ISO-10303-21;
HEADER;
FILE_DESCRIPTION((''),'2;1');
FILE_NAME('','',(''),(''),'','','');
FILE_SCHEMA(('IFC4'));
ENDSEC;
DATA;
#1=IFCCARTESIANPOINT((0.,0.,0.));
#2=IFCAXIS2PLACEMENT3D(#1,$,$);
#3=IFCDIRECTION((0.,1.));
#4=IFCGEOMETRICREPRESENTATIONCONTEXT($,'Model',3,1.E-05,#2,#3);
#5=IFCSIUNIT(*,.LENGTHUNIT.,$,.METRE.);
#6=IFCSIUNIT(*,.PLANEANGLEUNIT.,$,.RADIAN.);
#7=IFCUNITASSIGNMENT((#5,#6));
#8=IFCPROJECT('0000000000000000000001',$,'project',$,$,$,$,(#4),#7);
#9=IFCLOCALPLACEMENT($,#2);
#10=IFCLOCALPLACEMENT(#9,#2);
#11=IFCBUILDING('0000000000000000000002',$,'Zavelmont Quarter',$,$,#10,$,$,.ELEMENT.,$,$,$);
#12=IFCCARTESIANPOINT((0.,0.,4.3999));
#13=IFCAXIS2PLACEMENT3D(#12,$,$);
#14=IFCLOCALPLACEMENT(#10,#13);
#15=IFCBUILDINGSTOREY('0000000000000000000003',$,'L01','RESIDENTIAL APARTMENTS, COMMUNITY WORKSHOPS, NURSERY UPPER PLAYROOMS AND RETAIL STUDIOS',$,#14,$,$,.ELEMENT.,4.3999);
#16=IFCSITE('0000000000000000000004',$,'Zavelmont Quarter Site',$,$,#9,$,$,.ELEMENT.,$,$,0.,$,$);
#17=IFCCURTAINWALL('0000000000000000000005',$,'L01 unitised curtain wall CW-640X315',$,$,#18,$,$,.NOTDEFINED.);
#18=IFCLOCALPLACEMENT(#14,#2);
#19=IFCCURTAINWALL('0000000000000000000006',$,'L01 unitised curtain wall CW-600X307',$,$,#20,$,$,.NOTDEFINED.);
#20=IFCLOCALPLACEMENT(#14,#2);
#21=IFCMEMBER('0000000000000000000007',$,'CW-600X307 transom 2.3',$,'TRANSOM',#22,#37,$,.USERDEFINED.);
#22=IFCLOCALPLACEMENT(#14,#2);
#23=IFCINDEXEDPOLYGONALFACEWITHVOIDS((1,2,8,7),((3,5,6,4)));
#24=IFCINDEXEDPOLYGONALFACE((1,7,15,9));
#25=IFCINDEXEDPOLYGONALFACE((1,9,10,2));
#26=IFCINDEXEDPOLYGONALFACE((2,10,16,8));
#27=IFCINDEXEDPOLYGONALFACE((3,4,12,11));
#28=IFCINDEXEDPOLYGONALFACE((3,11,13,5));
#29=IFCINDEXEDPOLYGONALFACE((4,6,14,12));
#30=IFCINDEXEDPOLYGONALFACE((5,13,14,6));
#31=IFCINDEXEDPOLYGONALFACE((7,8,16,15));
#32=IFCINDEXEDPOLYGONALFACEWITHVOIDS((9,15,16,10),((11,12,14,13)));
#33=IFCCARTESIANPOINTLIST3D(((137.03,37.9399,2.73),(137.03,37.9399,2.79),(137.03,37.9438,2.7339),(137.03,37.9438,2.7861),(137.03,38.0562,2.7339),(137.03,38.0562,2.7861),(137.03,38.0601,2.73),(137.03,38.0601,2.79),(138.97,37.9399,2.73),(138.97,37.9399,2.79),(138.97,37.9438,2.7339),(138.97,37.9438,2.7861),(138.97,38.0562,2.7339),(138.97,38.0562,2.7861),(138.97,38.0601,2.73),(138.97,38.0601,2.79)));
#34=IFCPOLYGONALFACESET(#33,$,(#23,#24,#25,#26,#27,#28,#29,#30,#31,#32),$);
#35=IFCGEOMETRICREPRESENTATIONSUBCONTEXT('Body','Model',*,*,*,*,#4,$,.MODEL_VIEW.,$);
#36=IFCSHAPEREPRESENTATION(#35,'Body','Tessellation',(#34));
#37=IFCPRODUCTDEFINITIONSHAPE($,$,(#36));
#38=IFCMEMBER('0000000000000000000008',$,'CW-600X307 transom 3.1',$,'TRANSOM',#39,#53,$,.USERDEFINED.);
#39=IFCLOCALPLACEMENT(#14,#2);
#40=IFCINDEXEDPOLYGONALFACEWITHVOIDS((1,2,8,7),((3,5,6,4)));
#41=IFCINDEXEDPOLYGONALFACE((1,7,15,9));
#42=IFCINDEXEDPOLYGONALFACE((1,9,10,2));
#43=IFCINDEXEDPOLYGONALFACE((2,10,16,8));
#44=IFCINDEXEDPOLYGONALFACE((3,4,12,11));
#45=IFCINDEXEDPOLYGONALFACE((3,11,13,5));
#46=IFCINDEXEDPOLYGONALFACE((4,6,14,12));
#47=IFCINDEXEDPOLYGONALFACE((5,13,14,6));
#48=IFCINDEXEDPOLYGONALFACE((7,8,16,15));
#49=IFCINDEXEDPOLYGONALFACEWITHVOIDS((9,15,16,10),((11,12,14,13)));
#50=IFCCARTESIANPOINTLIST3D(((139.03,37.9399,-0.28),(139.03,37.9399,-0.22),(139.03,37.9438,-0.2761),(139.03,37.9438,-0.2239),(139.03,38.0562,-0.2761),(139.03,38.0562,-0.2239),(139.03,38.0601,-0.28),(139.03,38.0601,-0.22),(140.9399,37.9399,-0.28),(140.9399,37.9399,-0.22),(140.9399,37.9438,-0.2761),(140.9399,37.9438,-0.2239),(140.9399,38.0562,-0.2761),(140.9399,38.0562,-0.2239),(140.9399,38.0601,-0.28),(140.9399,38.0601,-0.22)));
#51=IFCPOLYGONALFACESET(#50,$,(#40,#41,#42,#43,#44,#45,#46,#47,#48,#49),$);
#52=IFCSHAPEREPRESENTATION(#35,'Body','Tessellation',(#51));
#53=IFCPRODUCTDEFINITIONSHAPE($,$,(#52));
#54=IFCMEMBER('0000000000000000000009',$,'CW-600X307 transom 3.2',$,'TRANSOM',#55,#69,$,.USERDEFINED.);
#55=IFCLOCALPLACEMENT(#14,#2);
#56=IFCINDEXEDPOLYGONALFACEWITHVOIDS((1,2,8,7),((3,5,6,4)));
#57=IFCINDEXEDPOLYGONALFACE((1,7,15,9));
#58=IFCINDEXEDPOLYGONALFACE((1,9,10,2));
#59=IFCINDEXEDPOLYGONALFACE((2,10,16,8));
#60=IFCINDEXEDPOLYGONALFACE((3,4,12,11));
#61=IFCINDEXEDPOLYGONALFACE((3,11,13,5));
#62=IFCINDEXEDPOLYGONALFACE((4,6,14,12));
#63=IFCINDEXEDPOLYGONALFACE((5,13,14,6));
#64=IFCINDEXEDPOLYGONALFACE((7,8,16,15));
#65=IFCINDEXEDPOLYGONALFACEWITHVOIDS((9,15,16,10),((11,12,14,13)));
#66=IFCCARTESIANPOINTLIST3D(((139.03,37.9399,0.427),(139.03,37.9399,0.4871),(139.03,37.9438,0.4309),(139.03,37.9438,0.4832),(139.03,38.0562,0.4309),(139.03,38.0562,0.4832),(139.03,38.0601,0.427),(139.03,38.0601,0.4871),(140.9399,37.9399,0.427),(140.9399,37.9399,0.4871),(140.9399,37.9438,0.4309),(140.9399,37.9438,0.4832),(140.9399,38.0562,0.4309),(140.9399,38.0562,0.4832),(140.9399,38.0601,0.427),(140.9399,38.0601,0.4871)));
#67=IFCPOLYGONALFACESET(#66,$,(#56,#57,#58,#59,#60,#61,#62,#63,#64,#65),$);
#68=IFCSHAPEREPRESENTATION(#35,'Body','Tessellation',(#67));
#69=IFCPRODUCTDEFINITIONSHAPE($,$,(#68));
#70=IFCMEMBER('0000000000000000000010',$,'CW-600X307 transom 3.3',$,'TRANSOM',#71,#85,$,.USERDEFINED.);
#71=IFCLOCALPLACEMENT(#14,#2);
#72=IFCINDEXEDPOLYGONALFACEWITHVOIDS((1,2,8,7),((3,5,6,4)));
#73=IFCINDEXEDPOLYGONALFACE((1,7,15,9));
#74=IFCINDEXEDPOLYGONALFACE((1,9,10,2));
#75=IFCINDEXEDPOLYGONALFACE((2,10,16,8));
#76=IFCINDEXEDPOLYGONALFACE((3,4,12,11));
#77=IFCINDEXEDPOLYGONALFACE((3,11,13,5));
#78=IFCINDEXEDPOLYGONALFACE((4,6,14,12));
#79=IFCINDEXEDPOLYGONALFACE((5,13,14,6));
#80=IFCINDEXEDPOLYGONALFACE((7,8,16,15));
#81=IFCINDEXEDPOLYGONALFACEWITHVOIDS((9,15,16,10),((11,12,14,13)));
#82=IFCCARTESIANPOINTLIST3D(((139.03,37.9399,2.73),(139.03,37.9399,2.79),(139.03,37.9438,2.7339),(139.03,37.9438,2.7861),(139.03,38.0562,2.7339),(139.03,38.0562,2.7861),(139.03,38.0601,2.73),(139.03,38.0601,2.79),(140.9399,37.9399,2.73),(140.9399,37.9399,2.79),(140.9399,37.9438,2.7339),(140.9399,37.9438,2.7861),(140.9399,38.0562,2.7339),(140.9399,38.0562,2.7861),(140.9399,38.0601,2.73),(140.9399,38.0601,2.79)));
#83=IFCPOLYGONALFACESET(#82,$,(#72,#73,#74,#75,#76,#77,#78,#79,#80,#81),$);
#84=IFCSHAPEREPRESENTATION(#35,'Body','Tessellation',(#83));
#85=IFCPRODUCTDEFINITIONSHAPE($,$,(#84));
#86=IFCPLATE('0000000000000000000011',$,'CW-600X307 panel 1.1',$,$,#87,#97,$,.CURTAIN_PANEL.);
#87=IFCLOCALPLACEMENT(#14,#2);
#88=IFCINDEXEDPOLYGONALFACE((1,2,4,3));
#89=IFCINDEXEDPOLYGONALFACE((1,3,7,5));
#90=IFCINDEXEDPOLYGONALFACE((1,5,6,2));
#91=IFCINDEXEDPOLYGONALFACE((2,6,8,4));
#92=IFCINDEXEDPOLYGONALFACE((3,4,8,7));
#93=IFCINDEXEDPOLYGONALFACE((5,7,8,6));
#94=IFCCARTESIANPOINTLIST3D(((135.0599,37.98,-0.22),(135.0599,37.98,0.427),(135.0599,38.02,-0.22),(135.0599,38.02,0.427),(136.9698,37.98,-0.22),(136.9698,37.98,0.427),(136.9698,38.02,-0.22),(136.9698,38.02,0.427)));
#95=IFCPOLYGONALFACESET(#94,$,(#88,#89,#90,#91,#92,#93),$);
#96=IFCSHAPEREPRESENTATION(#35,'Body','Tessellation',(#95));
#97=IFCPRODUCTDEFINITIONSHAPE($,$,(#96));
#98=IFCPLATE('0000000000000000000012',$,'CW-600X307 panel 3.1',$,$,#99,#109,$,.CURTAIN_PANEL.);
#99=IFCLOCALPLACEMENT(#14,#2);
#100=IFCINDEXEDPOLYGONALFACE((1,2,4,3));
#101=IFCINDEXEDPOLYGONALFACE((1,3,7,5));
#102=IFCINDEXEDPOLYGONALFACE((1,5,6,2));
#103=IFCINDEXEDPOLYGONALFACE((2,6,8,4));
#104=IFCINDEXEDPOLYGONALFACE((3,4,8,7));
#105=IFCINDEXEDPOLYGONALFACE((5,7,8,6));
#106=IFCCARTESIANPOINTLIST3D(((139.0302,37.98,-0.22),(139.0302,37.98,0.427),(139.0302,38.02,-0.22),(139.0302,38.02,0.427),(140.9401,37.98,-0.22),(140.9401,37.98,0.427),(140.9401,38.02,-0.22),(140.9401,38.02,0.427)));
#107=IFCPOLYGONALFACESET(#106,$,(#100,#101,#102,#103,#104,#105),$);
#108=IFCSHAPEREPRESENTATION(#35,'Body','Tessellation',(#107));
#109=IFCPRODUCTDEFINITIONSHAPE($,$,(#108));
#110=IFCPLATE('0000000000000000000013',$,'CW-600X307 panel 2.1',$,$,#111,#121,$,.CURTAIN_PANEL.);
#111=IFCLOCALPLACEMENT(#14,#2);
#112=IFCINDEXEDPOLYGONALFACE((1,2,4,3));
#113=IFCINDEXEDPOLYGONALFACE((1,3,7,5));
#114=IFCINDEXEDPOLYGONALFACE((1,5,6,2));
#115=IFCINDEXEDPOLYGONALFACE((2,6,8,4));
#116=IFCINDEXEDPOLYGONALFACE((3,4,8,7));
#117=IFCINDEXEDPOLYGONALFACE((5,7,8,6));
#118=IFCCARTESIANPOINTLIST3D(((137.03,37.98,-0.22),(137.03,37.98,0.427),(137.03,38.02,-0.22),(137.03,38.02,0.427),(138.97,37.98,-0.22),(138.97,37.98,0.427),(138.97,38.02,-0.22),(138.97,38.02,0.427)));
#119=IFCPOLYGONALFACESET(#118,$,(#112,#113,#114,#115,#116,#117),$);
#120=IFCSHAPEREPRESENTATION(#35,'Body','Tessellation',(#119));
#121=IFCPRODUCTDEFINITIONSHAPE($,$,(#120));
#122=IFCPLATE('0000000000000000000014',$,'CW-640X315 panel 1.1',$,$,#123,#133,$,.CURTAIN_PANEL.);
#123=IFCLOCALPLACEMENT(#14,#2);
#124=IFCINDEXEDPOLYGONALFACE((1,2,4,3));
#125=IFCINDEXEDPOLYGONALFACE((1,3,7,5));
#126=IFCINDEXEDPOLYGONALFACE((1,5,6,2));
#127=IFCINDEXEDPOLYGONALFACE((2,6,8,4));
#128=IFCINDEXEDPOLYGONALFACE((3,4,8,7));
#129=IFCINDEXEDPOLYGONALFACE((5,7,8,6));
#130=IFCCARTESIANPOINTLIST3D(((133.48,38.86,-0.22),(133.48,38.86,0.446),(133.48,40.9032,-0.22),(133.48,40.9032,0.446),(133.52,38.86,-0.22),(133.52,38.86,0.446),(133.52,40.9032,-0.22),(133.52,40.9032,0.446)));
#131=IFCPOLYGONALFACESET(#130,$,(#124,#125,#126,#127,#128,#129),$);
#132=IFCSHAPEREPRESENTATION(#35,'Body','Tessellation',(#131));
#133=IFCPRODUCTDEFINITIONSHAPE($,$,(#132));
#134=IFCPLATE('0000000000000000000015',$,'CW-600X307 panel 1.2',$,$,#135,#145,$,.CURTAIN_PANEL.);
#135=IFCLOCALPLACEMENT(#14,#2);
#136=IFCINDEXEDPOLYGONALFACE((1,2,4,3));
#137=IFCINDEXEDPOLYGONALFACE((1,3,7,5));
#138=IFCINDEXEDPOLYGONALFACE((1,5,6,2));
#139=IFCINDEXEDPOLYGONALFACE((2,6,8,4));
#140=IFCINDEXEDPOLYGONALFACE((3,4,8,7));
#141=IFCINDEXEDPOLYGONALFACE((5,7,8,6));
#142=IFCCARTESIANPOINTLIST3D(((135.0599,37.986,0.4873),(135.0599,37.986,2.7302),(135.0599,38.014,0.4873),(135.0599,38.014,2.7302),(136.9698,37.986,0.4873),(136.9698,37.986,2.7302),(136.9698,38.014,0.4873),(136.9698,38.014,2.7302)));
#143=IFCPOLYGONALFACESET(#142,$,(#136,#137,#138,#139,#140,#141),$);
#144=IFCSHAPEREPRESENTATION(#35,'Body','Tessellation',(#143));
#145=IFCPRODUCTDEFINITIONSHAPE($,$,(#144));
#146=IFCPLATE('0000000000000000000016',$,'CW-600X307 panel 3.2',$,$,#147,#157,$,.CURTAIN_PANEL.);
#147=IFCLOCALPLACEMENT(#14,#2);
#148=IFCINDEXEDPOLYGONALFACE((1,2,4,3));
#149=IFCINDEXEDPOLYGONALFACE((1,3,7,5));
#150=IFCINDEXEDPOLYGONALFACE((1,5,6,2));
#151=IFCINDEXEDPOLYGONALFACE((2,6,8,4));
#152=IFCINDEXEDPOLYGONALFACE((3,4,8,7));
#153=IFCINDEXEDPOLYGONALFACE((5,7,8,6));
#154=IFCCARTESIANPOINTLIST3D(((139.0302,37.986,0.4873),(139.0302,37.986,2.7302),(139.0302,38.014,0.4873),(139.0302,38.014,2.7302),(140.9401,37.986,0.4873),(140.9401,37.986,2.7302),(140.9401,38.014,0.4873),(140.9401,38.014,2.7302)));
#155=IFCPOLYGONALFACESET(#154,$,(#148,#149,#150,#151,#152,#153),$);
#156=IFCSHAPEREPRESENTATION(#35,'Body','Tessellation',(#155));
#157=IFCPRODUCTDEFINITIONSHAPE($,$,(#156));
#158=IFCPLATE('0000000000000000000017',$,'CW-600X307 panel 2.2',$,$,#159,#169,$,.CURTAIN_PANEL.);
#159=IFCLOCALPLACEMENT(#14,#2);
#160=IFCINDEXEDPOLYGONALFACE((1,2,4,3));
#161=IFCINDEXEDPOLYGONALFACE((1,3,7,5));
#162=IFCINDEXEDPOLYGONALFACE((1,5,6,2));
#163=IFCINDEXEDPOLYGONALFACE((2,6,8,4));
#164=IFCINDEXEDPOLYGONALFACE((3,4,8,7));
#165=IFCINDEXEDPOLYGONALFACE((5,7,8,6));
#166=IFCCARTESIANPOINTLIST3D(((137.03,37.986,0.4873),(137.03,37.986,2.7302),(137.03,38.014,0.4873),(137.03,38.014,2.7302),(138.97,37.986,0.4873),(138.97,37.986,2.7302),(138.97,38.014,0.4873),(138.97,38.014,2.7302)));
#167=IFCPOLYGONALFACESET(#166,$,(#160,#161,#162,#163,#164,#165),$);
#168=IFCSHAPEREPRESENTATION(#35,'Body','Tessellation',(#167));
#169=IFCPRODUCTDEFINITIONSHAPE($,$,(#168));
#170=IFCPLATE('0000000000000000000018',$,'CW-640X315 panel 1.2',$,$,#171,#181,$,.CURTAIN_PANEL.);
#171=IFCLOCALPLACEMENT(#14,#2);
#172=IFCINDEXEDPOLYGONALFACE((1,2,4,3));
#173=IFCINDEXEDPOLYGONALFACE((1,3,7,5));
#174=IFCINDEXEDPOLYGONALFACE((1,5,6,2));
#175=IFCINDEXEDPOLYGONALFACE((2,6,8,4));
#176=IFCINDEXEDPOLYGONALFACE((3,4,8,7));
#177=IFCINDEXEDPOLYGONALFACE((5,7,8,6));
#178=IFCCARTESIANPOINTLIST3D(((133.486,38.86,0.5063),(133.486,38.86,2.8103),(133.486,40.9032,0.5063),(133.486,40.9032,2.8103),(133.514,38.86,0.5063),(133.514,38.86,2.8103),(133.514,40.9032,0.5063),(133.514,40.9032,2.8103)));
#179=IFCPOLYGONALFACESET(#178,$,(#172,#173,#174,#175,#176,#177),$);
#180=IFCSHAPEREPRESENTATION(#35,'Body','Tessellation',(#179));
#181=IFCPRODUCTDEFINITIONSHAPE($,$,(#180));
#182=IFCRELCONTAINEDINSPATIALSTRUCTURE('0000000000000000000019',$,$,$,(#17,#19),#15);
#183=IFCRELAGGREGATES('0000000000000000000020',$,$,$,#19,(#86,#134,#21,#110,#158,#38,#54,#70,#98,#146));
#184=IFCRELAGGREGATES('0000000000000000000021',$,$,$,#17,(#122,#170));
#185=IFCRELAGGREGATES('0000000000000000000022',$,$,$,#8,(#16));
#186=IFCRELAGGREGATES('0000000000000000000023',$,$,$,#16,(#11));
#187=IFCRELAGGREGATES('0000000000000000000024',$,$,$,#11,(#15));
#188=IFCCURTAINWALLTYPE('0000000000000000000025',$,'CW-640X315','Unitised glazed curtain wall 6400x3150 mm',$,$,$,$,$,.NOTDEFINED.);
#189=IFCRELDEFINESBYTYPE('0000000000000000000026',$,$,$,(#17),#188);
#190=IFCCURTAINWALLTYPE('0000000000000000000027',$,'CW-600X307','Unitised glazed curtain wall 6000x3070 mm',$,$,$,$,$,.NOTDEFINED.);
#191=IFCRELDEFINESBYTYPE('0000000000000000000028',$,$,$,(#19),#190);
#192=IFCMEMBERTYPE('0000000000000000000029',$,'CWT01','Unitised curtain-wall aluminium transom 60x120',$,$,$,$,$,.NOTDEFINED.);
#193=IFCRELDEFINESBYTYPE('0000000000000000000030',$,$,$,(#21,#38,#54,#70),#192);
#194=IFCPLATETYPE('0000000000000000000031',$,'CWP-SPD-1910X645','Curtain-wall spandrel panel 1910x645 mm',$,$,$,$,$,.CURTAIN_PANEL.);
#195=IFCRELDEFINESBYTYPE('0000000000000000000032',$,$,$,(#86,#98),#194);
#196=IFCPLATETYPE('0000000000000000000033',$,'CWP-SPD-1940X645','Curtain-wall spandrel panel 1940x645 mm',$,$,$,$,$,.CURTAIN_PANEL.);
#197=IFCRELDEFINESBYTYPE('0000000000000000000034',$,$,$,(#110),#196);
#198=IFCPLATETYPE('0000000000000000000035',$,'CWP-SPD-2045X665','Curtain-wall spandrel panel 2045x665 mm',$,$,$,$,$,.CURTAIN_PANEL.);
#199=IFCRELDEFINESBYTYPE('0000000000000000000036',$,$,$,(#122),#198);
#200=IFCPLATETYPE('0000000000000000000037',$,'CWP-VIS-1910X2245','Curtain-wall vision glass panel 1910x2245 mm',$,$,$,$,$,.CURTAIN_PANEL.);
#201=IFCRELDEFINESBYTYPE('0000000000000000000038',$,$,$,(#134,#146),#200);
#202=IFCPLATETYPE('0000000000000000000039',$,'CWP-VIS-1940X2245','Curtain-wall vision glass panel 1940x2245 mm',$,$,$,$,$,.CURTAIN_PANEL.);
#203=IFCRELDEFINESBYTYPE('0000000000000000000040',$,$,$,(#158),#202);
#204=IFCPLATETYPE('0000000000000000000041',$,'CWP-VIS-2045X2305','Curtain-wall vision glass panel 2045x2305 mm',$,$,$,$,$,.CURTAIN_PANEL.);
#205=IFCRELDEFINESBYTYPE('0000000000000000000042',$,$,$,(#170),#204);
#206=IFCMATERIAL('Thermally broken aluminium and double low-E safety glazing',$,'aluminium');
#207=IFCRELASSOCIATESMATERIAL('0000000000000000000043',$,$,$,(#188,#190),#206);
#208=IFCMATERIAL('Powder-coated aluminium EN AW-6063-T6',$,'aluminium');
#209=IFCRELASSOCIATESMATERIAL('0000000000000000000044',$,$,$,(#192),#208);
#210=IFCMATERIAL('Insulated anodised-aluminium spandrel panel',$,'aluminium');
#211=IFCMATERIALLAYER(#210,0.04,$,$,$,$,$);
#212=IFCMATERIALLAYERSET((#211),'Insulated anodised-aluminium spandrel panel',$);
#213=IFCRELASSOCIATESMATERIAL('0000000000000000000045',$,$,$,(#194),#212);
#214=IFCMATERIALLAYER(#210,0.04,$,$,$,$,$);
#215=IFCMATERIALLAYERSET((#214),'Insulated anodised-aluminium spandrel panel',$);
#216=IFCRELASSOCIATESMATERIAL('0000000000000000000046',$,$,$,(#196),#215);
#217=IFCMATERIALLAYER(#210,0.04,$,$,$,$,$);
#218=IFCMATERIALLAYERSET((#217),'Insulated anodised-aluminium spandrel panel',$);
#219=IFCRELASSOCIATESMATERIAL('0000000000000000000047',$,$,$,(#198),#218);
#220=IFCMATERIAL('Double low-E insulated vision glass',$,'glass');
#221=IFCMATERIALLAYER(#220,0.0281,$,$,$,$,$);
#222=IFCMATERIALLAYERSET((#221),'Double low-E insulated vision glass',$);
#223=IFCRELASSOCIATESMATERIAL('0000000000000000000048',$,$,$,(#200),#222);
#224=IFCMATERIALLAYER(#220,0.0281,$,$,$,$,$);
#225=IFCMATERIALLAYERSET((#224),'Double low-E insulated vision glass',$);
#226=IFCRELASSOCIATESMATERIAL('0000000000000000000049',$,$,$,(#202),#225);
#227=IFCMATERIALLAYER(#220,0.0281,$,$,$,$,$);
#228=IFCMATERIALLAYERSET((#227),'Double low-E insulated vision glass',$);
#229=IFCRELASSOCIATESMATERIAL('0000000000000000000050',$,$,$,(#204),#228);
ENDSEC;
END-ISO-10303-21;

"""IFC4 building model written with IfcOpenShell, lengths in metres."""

from ifc_helpers import new_model, si_unit, direction, frame, origin, origin_2d, place, context, subcontext, project, spatial, rectangle, hollow_rectangle, extrude, material, layer, layer_set, material_profile, profile_set, type_object, element, aggregate, save


model = new_model("IFC4")

# Units and contexts
model_context = context("Model", 3, precision=1e-05, world=origin(), true_north=direction((0.0, 1.0)))
body_context = subcontext(model_context, "Body", "Model", "MODEL_VIEW")
ifc_project = project(units=[si_unit("LENGTHUNIT", "METRE"), si_unit("PLANEANGLEUNIT", "RADIAN")], contexts=[model_context])

# Site, building, storey
site_placement = place(None, origin())
site = spatial("IfcSite", under=ifc_project, at=site_placement, Name="Zavelmont Quarter Site", CompositionType="ELEMENT", RefElevation=0.0)
building_placement = place(site_placement, origin())
building = spatial("IfcBuilding", under=site, at=building_placement, Name="Zavelmont Quarter", CompositionType="ELEMENT")
storey_placement = place(building_placement, frame((0.0, 0.0, 4.3999)))
storey = spatial("IfcBuildingStorey", under=building, at=storey_placement, Name="L01", Description="RESIDENTIAL APARTMENTS, COMMUNITY WORKSHOPS, NURSERY UPPER PLAYROOMS AND RETAIL STUDIOS", CompositionType="ELEMENT", Elevation=4.3999)

# Curtain walls
ifc_material_1 = material(Name="Thermally broken aluminium and double low-E safety glazing", Category="aluminium")
curtain_wall_type_1 = type_object("IfcCurtainWallType", Name="CW-640X315", Description="Unitised glazed curtain wall 6400x3150 mm", PredefinedType="NOTDEFINED", material=ifc_material_1)
curtain_wall_1_placement = place(storey_placement, origin())
curtain_wall_1 = element("IfcCurtainWall", 1, at=curtain_wall_1_placement, inside=storey, type_object=curtain_wall_type_1, Name="L01 unitised curtain wall CW-640X315", PredefinedType="NOTDEFINED")
ifc_material_2 = material(Name="Powder-coated aluminium EN AW-6063-T6", Category="aluminium")
curtain_wall_type_2 = type_object("IfcCurtainWallType", Name="CW-600X307", Description="Unitised glazed curtain wall 6000x3070 mm", PredefinedType="NOTDEFINED", material=ifc_material_1)
curtain_wall_2_placement = place(storey_placement, origin())
curtain_wall_2 = element("IfcCurtainWall", 2, at=curtain_wall_2_placement, inside=storey, type_object=curtain_wall_type_2, Name="L01 unitised curtain wall CW-600X307", PredefinedType="NOTDEFINED")

# Members
ifc_material_profile_1 = material_profile(ifc_material_2, hollow_rectangle(XDim=0.1201, YDim=0.0601, WallThickness=0.0039, at=origin_2d()), Name="CWT60X120")
ifc_profile_set_1 = profile_set([ifc_material_profile_1], Name="Powder-coated aluminium EN AW-6063-T6")
member_type_1 = type_object("IfcMemberType", Name="CWT01", Description="Unitised curtain-wall aluminium transom 60x120", PredefinedType="NOTDEFINED", material=ifc_profile_set_1)
member_1_placement = place(storey_placement, frame((137.03, 38.0, 2.76), z_axis=(1.0, 0.0, 0.0), x_axis=(0.0, 1.0, 0.0)))
member_1 = element("IfcMember", 3, at=member_1_placement, type_object=member_type_1, Name="CW-600X307 transom 2.3", ObjectType="TRANSOM", PredefinedType="USERDEFINED", context=body_context, shape_type="SweptSolid", body=[
    extrude(hollow_rectangle(XDim=0.1201, YDim=0.0601, WallThickness=0.0039, at=origin_2d()), origin(), (0.0, 0.0, 1.0), 1.9399),
])
member_2_placement = place(storey_placement, frame((139.03, 38.0, -0.25), z_axis=(1.0, 0.0, 0.0), x_axis=(0.0, 1.0, 0.0)))
member_2 = element("IfcMember", 4, at=member_2_placement, type_object=member_type_1, Name="CW-600X307 transom 3.1", ObjectType="TRANSOM", PredefinedType="USERDEFINED", context=body_context, shape_type="SweptSolid", body=[
    extrude(hollow_rectangle(XDim=0.1201, YDim=0.0601, WallThickness=0.0039, at=origin_2d()), origin(), (0.0, 0.0, 1.0), 1.9099),
])
member_3_placement = place(storey_placement, frame((139.03, 38.0, 0.457), z_axis=(1.0, 0.0, 0.0), x_axis=(0.0, 1.0, 0.0)))
member_3 = element("IfcMember", 5, at=member_3_placement, type_object=member_type_1, Name="CW-600X307 transom 3.2", ObjectType="TRANSOM", PredefinedType="USERDEFINED", context=body_context, shape_type="SweptSolid", body=[
    extrude(hollow_rectangle(XDim=0.1201, YDim=0.0601, WallThickness=0.0039, at=origin_2d()), origin(), (0.0, 0.0, 1.0), 1.9099),
])
member_4_placement = place(storey_placement, frame((139.03, 38.0, 2.76), z_axis=(1.0, 0.0, 0.0), x_axis=(0.0, 1.0, 0.0)))
member_4 = element("IfcMember", 6, at=member_4_placement, type_object=member_type_1, Name="CW-600X307 transom 3.3", ObjectType="TRANSOM", PredefinedType="USERDEFINED", context=body_context, shape_type="SweptSolid", body=[
    extrude(hollow_rectangle(XDim=0.1201, YDim=0.0601, WallThickness=0.0039, at=origin_2d()), origin(), (0.0, 0.0, 1.0), 1.9099),
])

# Plates
ifc_material_3 = material(Name="Insulated anodised-aluminium spandrel panel", Category="aluminium")
ifc_layer_1 = layer(ifc_material_3, 0.04)
ifc_layer_set_1 = layer_set([ifc_layer_1], Name="Insulated anodised-aluminium spandrel panel")
plate_type_1 = type_object("IfcPlateType", Name="CWP-SPD-1910X645", Description="Curtain-wall spandrel panel 1910x645 mm", PredefinedType="CURTAIN_PANEL", material=ifc_layer_set_1)
plate_1_placement = place(storey_placement, frame((136.0149, 38.0, -0.22), z_axis=(0.0, 0.0, 1.0), x_axis=(1.0, 0.0, 0.0)))
plate_1 = element("IfcPlate", 7, at=plate_1_placement, type_object=plate_type_1, Name="CW-600X307 panel 1.1", PredefinedType="CURTAIN_PANEL", context=body_context, shape_type="SweptSolid", body=[
    extrude(rectangle(XDim=1.9099, YDim=0.04, at=origin_2d()), origin(), (0.0, 0.0, 1.0), 0.647),
])
plate_2_placement = place(storey_placement, frame((139.9851, 38.0, -0.22), z_axis=(0.0, 0.0, 1.0), x_axis=(1.0, 0.0, 0.0)))
plate_2 = element("IfcPlate", 8, at=plate_2_placement, type_object=plate_type_1, Name="CW-600X307 panel 3.1", PredefinedType="CURTAIN_PANEL", context=body_context, shape_type="SweptSolid", body=[
    extrude(rectangle(XDim=1.9099, YDim=0.04, at=origin_2d()), origin(), (0.0, 0.0, 1.0), 0.647),
])
ifc_layer_2 = layer(ifc_material_3, 0.04)
ifc_layer_set_2 = layer_set([ifc_layer_2], Name="Insulated anodised-aluminium spandrel panel")
plate_type_2 = type_object("IfcPlateType", Name="CWP-SPD-1940X645", Description="Curtain-wall spandrel panel 1940x645 mm", PredefinedType="CURTAIN_PANEL", material=ifc_layer_set_2)
plate_3_placement = place(storey_placement, frame((138.0, 38.0, -0.22), z_axis=(0.0, 0.0, 1.0), x_axis=(1.0, 0.0, 0.0)))
plate_3 = element("IfcPlate", 9, at=plate_3_placement, type_object=plate_type_2, Name="CW-600X307 panel 2.1", PredefinedType="CURTAIN_PANEL", context=body_context, shape_type="SweptSolid", body=[
    extrude(rectangle(XDim=1.9399, YDim=0.04, at=origin_2d()), origin(), (0.0, 0.0, 1.0), 0.647),
])
ifc_layer_3 = layer(ifc_material_3, 0.04)
ifc_layer_set_3 = layer_set([ifc_layer_3], Name="Insulated anodised-aluminium spandrel panel")
plate_type_3 = type_object("IfcPlateType", Name="CWP-SPD-2045X665", Description="Curtain-wall spandrel panel 2045x665 mm", PredefinedType="CURTAIN_PANEL", material=ifc_layer_set_3)
plate_4_placement = place(storey_placement, frame((133.5, 39.8816, -0.22), z_axis=(0.0, 0.0, 1.0), x_axis=(0.0, 1.0, 0.0)))
plate_4 = element("IfcPlate", 10, at=plate_4_placement, type_object=plate_type_3, Name="CW-640X315 panel 1.1", PredefinedType="CURTAIN_PANEL", context=body_context, shape_type="SweptSolid", body=[
    extrude(rectangle(XDim=2.0432, YDim=0.04, at=origin_2d()), origin(), (0.0, 0.0, 1.0), 0.666),
])
ifc_material_4 = material(Name="Double low-E insulated vision glass", Category="glass")
ifc_layer_4 = layer(ifc_material_4, 0.0281)
ifc_layer_set_4 = layer_set([ifc_layer_4], Name="Double low-E insulated vision glass")
plate_type_4 = type_object("IfcPlateType", Name="CWP-VIS-1910X2245", Description="Curtain-wall vision glass panel 1910x2245 mm", PredefinedType="CURTAIN_PANEL", material=ifc_layer_set_4)
plate_5_placement = place(storey_placement, frame((136.0149, 38.0, 0.4873), z_axis=(0.0, 0.0, 1.0), x_axis=(1.0, 0.0, 0.0)))
plate_5 = element("IfcPlate", 11, at=plate_5_placement, type_object=plate_type_4, Name="CW-600X307 panel 1.2", PredefinedType="CURTAIN_PANEL", context=body_context, shape_type="SweptSolid", body=[
    extrude(rectangle(XDim=1.9099, YDim=0.0281, at=origin_2d()), origin(), (0.0, 0.0, 1.0), 2.2429),
])
plate_6_placement = place(storey_placement, frame((139.9851, 38.0, 0.4873), z_axis=(0.0, 0.0, 1.0), x_axis=(1.0, 0.0, 0.0)))
plate_6 = element("IfcPlate", 12, at=plate_6_placement, type_object=plate_type_4, Name="CW-600X307 panel 3.2", PredefinedType="CURTAIN_PANEL", context=body_context, shape_type="SweptSolid", body=[
    extrude(rectangle(XDim=1.9099, YDim=0.0281, at=origin_2d()), origin(), (0.0, 0.0, 1.0), 2.2429),
])
ifc_layer_5 = layer(ifc_material_4, 0.0281)
ifc_layer_set_5 = layer_set([ifc_layer_5], Name="Double low-E insulated vision glass")
plate_type_5 = type_object("IfcPlateType", Name="CWP-VIS-1940X2245", Description="Curtain-wall vision glass panel 1940x2245 mm", PredefinedType="CURTAIN_PANEL", material=ifc_layer_set_5)
plate_7_placement = place(storey_placement, frame((138.0, 38.0, 0.4873), z_axis=(0.0, 0.0, 1.0), x_axis=(1.0, 0.0, 0.0)))
plate_7 = element("IfcPlate", 13, at=plate_7_placement, type_object=plate_type_5, Name="CW-600X307 panel 2.2", PredefinedType="CURTAIN_PANEL", context=body_context, shape_type="SweptSolid", body=[
    extrude(rectangle(XDim=1.9399, YDim=0.0281, at=origin_2d()), origin(), (0.0, 0.0, 1.0), 2.2429),
])
aggregate(curtain_wall_2, [plate_1, plate_5, member_1, plate_3, plate_7, member_2, member_3, member_4, plate_2, plate_6])
ifc_layer_6 = layer(ifc_material_4, 0.0281)
ifc_layer_set_6 = layer_set([ifc_layer_6], Name="Double low-E insulated vision glass")
plate_type_6 = type_object("IfcPlateType", Name="CWP-VIS-2045X2305", Description="Curtain-wall vision glass panel 2045x2305 mm", PredefinedType="CURTAIN_PANEL", material=ifc_layer_set_6)
plate_8_placement = place(storey_placement, frame((133.5, 39.8816, 0.5063), z_axis=(0.0, 0.0, 1.0), x_axis=(0.0, 1.0, 0.0)))
plate_8 = element("IfcPlate", 14, at=plate_8_placement, type_object=plate_type_6, Name="CW-640X315 panel 1.2", PredefinedType="CURTAIN_PANEL", context=body_context, shape_type="SweptSolid", body=[
    extrude(rectangle(XDim=2.0432, YDim=0.0281, at=origin_2d()), origin(), (0.0, 0.0, 1.0), 2.304),
])
aggregate(curtain_wall_1, [plate_4, plate_8])

save(model, "model.ifc")
